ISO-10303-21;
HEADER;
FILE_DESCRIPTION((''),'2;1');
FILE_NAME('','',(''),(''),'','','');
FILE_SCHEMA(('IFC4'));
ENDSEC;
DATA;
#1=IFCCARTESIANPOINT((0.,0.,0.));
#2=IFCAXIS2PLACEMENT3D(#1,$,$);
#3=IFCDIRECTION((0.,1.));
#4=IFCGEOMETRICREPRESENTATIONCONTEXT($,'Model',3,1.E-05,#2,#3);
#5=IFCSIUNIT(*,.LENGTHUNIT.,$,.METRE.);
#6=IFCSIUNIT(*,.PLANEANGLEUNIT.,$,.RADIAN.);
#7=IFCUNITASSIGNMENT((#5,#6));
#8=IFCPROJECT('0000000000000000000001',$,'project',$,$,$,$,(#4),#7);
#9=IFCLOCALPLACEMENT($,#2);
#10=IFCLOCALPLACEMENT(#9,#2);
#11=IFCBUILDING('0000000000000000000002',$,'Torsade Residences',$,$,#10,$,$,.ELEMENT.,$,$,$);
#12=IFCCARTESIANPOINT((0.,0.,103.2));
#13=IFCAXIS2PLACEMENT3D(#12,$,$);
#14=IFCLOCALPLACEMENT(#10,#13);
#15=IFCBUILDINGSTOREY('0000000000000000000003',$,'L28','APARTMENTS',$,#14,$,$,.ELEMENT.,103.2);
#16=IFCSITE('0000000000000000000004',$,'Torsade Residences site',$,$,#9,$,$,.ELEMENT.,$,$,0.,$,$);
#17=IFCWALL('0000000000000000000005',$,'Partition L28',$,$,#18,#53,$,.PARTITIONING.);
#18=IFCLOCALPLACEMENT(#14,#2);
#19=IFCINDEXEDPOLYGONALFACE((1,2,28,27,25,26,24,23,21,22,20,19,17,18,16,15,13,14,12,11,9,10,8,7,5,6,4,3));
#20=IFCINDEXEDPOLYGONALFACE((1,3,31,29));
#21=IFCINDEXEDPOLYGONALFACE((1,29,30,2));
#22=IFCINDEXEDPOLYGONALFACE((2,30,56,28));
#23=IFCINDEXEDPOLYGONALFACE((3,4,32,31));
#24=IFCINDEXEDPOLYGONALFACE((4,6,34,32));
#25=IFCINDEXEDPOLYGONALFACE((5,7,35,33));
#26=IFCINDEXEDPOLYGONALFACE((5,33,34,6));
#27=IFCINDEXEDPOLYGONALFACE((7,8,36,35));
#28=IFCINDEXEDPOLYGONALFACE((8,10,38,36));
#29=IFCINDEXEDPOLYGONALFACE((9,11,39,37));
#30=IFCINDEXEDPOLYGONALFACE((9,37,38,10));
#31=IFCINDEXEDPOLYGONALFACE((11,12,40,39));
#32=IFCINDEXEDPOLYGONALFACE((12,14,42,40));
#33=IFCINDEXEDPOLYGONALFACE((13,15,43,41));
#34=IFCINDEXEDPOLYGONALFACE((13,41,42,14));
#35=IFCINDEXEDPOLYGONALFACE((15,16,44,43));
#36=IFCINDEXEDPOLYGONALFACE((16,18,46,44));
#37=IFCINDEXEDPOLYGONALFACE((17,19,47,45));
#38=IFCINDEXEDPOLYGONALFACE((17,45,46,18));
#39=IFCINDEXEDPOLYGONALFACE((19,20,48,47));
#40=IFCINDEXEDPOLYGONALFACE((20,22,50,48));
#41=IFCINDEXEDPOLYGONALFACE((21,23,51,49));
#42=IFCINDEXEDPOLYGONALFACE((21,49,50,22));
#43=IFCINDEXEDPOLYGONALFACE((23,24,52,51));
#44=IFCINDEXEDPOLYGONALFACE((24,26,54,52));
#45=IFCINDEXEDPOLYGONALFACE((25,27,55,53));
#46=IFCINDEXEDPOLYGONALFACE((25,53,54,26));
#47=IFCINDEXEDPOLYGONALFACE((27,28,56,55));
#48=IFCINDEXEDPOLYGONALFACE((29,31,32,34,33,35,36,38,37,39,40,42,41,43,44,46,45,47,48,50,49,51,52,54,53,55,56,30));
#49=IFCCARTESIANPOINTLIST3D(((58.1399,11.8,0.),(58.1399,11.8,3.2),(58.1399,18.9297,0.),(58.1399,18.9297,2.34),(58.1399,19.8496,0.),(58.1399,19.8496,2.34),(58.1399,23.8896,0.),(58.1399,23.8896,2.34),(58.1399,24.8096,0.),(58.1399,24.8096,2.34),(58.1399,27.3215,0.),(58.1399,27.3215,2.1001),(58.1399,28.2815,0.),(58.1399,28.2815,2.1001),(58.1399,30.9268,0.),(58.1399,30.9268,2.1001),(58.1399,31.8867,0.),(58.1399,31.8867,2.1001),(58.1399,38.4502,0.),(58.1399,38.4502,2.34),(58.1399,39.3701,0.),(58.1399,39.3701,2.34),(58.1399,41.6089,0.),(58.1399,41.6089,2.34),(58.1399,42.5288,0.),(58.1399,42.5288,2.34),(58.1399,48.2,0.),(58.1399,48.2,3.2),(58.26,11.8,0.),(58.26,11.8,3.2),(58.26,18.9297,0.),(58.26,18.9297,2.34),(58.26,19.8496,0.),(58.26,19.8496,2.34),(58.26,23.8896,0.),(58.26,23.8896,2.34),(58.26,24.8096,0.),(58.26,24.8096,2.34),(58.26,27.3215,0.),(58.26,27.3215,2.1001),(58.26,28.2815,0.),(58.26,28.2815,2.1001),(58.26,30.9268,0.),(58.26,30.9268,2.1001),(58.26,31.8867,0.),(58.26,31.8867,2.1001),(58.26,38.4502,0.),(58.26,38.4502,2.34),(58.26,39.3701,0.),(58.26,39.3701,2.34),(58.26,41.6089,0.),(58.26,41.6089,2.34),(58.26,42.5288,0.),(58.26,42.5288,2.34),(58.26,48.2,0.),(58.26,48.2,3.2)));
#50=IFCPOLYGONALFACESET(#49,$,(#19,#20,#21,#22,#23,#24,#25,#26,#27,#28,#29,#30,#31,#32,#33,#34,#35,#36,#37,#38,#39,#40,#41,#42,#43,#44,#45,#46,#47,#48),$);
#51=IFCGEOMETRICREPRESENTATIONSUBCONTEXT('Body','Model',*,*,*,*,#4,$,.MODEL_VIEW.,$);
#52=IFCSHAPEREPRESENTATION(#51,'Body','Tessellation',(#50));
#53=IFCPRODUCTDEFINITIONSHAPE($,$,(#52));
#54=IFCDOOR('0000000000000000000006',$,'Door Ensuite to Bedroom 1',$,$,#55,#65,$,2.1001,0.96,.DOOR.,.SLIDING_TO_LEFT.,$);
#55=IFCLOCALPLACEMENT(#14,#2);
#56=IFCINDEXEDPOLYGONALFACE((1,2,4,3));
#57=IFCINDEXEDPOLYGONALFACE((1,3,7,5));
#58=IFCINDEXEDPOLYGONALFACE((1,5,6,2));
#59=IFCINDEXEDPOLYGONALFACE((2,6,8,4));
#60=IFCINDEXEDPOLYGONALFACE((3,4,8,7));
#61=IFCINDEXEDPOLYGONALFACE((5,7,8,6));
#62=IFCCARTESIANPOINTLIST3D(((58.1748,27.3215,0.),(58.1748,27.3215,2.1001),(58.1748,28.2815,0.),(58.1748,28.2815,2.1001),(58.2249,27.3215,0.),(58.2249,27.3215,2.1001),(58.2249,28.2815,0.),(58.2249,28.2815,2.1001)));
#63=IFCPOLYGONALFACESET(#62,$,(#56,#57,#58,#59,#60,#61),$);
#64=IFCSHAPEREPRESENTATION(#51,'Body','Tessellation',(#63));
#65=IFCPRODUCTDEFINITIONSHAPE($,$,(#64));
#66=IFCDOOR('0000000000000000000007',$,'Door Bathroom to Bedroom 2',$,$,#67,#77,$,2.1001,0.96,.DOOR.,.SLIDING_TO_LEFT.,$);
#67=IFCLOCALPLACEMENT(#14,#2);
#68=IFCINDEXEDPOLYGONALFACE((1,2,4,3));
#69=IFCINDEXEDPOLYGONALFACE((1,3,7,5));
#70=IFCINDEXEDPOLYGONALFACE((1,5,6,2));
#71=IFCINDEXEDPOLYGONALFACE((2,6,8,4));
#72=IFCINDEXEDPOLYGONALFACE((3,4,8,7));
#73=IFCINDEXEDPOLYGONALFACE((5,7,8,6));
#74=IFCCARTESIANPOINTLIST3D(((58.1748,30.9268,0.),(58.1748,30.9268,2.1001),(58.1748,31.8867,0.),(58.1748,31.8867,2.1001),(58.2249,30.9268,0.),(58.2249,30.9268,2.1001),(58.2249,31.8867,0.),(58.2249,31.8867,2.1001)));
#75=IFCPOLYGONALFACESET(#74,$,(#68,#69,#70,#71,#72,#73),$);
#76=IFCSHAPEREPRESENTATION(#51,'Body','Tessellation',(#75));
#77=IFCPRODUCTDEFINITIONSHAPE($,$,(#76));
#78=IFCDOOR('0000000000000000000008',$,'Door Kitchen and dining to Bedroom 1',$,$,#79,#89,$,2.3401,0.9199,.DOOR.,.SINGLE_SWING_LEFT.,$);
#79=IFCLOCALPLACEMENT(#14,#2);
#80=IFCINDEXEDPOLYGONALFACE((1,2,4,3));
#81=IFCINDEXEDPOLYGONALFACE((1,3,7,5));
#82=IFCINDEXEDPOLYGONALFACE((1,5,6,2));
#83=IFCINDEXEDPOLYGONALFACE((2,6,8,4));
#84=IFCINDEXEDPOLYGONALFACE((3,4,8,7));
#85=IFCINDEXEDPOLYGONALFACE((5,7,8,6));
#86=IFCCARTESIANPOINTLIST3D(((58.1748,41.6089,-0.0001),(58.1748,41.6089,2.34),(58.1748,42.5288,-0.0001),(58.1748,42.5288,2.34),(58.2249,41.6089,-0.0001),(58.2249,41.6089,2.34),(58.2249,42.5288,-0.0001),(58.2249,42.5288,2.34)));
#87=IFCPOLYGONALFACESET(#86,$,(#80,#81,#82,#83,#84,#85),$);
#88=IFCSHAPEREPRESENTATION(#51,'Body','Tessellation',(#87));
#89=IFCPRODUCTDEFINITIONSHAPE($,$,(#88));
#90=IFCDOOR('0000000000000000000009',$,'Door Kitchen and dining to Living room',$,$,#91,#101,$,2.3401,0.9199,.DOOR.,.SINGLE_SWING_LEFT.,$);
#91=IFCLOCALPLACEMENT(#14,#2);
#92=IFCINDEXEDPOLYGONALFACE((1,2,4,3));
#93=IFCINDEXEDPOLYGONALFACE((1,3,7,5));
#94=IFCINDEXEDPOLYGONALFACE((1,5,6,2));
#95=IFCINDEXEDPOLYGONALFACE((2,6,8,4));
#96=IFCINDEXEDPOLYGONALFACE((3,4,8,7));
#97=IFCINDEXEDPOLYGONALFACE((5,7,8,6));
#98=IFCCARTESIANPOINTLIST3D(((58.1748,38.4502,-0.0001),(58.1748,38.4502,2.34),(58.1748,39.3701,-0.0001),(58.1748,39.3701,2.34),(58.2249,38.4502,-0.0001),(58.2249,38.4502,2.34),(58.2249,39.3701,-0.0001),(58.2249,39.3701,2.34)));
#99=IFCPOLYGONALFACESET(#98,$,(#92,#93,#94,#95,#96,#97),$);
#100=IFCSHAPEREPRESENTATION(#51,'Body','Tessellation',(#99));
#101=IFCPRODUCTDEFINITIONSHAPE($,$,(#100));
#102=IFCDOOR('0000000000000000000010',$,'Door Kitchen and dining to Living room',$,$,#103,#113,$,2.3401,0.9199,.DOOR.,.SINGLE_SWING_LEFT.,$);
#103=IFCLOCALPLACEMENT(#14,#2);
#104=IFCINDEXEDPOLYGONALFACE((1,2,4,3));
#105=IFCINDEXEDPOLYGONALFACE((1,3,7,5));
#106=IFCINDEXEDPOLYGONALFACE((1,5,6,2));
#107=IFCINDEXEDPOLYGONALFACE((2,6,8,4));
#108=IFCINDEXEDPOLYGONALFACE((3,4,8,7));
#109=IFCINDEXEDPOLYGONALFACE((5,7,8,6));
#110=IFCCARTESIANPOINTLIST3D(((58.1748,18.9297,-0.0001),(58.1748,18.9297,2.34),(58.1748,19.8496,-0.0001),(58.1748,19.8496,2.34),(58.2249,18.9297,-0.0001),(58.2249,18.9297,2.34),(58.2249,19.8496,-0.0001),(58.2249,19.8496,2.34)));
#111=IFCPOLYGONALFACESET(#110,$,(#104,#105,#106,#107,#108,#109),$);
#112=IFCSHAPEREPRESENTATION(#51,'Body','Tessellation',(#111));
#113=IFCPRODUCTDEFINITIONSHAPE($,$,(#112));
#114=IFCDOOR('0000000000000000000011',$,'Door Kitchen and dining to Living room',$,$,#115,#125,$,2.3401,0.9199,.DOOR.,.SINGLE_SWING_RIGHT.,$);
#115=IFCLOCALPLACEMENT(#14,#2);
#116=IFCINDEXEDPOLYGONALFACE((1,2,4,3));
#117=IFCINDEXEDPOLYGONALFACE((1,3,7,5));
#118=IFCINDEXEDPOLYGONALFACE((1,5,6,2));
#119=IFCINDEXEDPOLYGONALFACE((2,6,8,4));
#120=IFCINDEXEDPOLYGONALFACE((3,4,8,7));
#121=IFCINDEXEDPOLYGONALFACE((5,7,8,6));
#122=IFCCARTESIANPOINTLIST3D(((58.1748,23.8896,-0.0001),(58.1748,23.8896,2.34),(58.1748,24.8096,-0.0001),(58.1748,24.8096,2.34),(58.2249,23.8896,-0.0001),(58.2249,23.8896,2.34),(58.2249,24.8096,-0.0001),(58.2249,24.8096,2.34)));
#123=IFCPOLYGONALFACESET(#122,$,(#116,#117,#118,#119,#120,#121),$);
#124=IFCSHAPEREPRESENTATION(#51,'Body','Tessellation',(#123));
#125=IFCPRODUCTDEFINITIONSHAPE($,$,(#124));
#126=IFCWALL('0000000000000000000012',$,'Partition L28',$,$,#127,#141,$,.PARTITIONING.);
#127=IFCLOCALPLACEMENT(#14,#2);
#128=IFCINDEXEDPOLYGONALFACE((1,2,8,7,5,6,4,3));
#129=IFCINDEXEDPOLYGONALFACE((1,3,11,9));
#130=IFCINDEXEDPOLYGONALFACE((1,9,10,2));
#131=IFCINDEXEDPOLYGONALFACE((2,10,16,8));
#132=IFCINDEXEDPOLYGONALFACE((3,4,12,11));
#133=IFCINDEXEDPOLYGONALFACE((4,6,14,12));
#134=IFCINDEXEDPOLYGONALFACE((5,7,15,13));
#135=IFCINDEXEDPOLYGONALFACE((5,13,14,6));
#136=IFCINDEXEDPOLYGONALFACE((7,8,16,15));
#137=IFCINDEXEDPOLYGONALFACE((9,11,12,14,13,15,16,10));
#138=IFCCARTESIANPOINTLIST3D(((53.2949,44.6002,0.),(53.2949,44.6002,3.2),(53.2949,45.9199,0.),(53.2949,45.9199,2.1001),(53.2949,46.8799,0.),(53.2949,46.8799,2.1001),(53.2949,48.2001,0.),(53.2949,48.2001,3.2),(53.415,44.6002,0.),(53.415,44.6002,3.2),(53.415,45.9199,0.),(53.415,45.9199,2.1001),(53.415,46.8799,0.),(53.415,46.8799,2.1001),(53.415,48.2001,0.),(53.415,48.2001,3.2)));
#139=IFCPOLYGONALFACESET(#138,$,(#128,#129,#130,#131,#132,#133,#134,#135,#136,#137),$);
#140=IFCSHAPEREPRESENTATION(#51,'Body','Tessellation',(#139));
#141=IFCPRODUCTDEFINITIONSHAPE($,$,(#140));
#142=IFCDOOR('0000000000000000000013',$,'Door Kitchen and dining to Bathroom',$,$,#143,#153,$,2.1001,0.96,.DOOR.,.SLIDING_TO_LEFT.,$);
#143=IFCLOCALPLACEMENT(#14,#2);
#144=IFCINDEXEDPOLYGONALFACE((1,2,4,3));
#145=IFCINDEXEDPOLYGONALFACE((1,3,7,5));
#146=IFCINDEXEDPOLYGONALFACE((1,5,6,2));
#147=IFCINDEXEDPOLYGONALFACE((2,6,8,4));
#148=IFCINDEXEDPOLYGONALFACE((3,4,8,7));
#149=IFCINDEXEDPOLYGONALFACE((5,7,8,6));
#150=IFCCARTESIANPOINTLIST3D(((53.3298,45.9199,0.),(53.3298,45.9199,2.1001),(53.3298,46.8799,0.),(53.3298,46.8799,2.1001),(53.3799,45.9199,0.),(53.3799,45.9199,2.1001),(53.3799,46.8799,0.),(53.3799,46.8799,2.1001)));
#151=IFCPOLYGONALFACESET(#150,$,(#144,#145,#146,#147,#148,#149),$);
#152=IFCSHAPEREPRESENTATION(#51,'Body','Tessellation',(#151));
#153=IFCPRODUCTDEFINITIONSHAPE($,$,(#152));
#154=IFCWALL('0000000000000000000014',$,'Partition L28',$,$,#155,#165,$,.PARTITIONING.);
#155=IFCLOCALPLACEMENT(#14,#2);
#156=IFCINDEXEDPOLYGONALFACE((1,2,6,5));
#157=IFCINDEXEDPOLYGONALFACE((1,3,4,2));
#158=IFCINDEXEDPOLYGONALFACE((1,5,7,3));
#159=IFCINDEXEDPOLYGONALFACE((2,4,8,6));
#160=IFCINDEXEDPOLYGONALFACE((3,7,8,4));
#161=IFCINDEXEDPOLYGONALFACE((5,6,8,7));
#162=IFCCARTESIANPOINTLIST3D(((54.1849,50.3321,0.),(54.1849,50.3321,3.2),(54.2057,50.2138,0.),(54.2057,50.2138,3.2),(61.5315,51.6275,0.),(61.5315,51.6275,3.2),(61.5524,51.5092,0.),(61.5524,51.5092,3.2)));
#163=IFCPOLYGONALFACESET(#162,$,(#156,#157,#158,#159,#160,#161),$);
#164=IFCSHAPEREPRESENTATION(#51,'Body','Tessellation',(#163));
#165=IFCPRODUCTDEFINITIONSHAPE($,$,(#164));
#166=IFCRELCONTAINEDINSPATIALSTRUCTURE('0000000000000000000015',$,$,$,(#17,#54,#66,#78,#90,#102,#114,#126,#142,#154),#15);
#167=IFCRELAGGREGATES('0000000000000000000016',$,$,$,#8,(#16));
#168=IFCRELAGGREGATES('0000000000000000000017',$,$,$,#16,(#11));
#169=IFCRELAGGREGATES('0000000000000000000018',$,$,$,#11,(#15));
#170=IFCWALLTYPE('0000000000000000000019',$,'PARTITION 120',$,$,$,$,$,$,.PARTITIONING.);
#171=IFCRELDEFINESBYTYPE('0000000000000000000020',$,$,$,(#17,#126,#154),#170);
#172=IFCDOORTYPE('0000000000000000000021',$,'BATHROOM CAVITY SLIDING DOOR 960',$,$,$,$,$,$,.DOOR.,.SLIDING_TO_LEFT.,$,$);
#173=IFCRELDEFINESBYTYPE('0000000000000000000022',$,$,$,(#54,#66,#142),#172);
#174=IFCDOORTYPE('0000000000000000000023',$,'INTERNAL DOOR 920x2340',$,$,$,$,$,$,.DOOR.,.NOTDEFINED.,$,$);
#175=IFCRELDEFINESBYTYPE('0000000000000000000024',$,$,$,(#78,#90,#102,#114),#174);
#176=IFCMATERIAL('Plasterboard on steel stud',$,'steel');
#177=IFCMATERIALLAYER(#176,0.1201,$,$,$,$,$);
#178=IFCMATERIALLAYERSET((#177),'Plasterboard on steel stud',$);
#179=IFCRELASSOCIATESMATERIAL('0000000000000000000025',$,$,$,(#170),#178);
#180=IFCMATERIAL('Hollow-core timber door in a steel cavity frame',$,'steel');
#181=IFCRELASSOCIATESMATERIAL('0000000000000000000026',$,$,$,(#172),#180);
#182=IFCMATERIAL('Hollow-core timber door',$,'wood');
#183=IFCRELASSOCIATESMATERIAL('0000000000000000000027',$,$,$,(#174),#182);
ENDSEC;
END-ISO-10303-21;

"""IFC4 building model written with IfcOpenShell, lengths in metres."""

from ifc_helpers import new_model, si_unit, direction, frame, frame_2d, origin, place, context, subcontext, project, spatial, rectangle, extrude, material, layer, layer_set, type_object, element, fill, save


model = new_model("IFC4")

# Units and contexts
model_context = context("Model", 3, precision=1e-05, world=origin(), true_north=direction((0.0, 1.0)))
body_context = subcontext(model_context, "Body", "Model", "MODEL_VIEW")
ifc_project = project(units=[si_unit("LENGTHUNIT", "METRE"), si_unit("PLANEANGLEUNIT", "RADIAN")], contexts=[model_context])

# Site, building, storey
site_placement = place(None, origin())
site = spatial("IfcSite", under=ifc_project, at=site_placement, Name="Torsade Residences site", CompositionType="ELEMENT", RefElevation=0.0)
building_placement = place(site_placement, origin())
building = spatial("IfcBuilding", under=site, at=building_placement, Name="Torsade Residences", CompositionType="ELEMENT")
storey_placement = place(building_placement, frame((0.0, 0.0, 103.2)))
storey = spatial("IfcBuildingStorey", under=building, at=storey_placement, Name="L28", Description="APARTMENTS", CompositionType="ELEMENT", Elevation=103.2)

# Wall, openings, doors
ifc_material_1 = material(Name="Plasterboard on steel stud", Category="steel")
ifc_layer_1 = layer(ifc_material_1, 0.1201)
ifc_layer_set_1 = layer_set([ifc_layer_1], Name="Plasterboard on steel stud")
wall_type = type_object("IfcWallType", Name="PARTITION 120", PredefinedType="PARTITIONING", material=ifc_layer_set_1)
wall_1_placement = place(storey_placement, frame((58.2, 48.2, 0.0), z_axis=(0.0, 0.0, 1.0), x_axis=(0.0, -1.0, 0.0)))
wall_1 = element("IfcWall", 1, at=wall_1_placement, inside=storey, type_object=wall_type, Name="Partition L28", PredefinedType="PARTITIONING", context=body_context, shape_type="SweptSolid", body=[
    extrude(rectangle(XDim=36.3999, YDim=0.1201, at=frame_2d((18.2, 0.0))), origin(), (0.0, 0.0, 1.0), 3.2),
])
opening_1_placement = place(wall_1_placement, frame((5.6711, 0.0, 0.0)))
opening_1 = element("IfcOpeningElement", 2, at=opening_1_placement, cuts=wall_1, PredefinedType="OPENING", context=body_context, shape_type="SweptSolid", body=[
    extrude(rectangle(XDim=0.9199, YDim=2.3401, at=frame_2d((0.46, 1.1699))), frame((0.0, 0.0701, 0.0), z_axis=(0.0, -1.0, 0.0), x_axis=(1.0, 0.0, 0.0)), (0.0, 0.0, 1.0), 0.1401),
])
opening_2_placement = place(wall_1_placement, frame((8.8298, 0.0, 0.0)))
opening_2 = element("IfcOpeningElement", 3, at=opening_2_placement, cuts=wall_1, PredefinedType="OPENING", context=body_context, shape_type="SweptSolid", body=[
    extrude(rectangle(XDim=0.9199, YDim=2.3401, at=frame_2d((0.46, 1.1699))), frame((0.0, 0.0701, 0.0), z_axis=(0.0, -1.0, 0.0), x_axis=(1.0, 0.0, 0.0)), (0.0, 0.0, 1.0), 0.1401),
])
opening_3_placement = place(wall_1_placement, frame((28.3503, 0.0, 0.0)))
opening_3 = element("IfcOpeningElement", 4, at=opening_3_placement, cuts=wall_1, PredefinedType="OPENING", context=body_context, shape_type="SweptSolid", body=[
    extrude(rectangle(XDim=0.9199, YDim=2.3401, at=frame_2d((0.46, 1.1699))), frame((0.0, 0.0701, 0.0), z_axis=(0.0, -1.0, 0.0), x_axis=(1.0, 0.0, 0.0)), (0.0, 0.0, 1.0), 0.1401),
])
opening_4_placement = place(wall_1_placement, frame((23.3904, 0.0, 0.0)))
opening_4 = element("IfcOpeningElement", 5, at=opening_4_placement, cuts=wall_1, PredefinedType="OPENING", context=body_context, shape_type="SweptSolid", body=[
    extrude(rectangle(XDim=0.9199, YDim=2.3401, at=frame_2d((0.46, 1.1699))), frame((0.0, 0.0701, 0.0), z_axis=(0.0, -1.0, 0.0), x_axis=(1.0, 0.0, 0.0)), (0.0, 0.0, 1.0), 0.1401),
])
opening_5_placement = place(wall_1_placement, frame((19.9185, 0.0, 0.0)))
opening_5 = element("IfcOpeningElement", 6, at=opening_5_placement, cuts=wall_1, PredefinedType="OPENING", context=body_context, shape_type="SweptSolid", body=[
    extrude(rectangle(XDim=0.96, YDim=2.1001, at=frame_2d((0.48, 1.05))), frame((0.0, 0.0701, 0.0), z_axis=(0.0, -1.0, 0.0), x_axis=(1.0, 0.0, 0.0)), (0.0, 0.0, 1.0), 0.1401),
])
opening_6_placement = place(wall_1_placement, frame((16.3132, 0.0, 0.0)))
opening_6 = element("IfcOpeningElement", 7, at=opening_6_placement, cuts=wall_1, PredefinedType="OPENING", context=body_context, shape_type="SweptSolid", body=[
    extrude(rectangle(XDim=0.96, YDim=2.1001, at=frame_2d((0.48, 1.05))), frame((0.0, 0.0701, 0.0), z_axis=(0.0, -1.0, 0.0), x_axis=(1.0, 0.0, 0.0)), (0.0, 0.0, 1.0), 0.1401),
])
ifc_material_2 = material(Name="Hollow-core timber door in a steel cavity frame", Category="steel")
door_type_1 = type_object("IfcDoorType", Name="BATHROOM CAVITY SLIDING DOOR 960", OperationType="SLIDING_TO_LEFT", PredefinedType="DOOR", material=ifc_material_2)
door_1_placement = place(opening_5_placement, origin())
door_1 = element("IfcDoor", 8, at=door_1_placement, inside=storey, type_object=door_type_1, Name="Door Ensuite to Bedroom 1", OperationType="SLIDING_TO_LEFT", OverallHeight=2.1001, OverallWidth=0.96, PredefinedType="DOOR", context=body_context, shape_type="SweptSolid", body=[
    extrude(rectangle(XDim=0.96, YDim=2.1001, at=frame_2d((0.48, 1.05))), frame((0.0, 0.0249, 0.0), z_axis=(0.0, -1.0, 0.0), x_axis=(1.0, 0.0, 0.0)), (0.0, 0.0, 1.0), 0.05),
])
fill(opening_5, door_1)
door_2_placement = place(opening_6_placement, origin())
door_2 = element("IfcDoor", 9, at=door_2_placement, inside=storey, type_object=door_type_1, Name="Door Bathroom to Bedroom 2", OperationType="SLIDING_TO_LEFT", OverallHeight=2.1001, OverallWidth=0.96, PredefinedType="DOOR", context=body_context, shape_type="SweptSolid", body=[
    extrude(rectangle(XDim=0.96, YDim=2.1001, at=frame_2d((0.48, 1.05))), frame((0.0, 0.0249, 0.0), z_axis=(0.0, -1.0, 0.0), x_axis=(1.0, 0.0, 0.0)), (0.0, 0.0, 1.0), 0.05),
])
fill(opening_6, door_2)
ifc_material_3 = material(Name="Hollow-core timber door", Category="wood")
door_type_2 = type_object("IfcDoorType", Name="INTERNAL DOOR 920x2340", OperationType="NOTDEFINED", PredefinedType="DOOR", material=ifc_material_3)
door_3_placement = place(opening_1_placement, origin())
door_3 = element("IfcDoor", 10, at=door_3_placement, inside=storey, type_object=door_type_2, Name="Door Kitchen and dining to Bedroom 1", OperationType="SINGLE_SWING_LEFT", OverallHeight=2.3401, OverallWidth=0.9199, PredefinedType="DOOR", context=body_context, shape_type="SweptSolid", body=[
    extrude(rectangle(XDim=0.9199, YDim=2.3401, at=frame_2d((0.46, 1.1699))), frame((0.0, 0.0249, 0.0), z_axis=(0.0, -1.0, 0.0), x_axis=(1.0, 0.0, 0.0)), (0.0, 0.0, 1.0), 0.05),
])
fill(opening_1, door_3)
door_4_placement = place(opening_2_placement, origin())
door_4 = element("IfcDoor", 11, at=door_4_placement, inside=storey, type_object=door_type_2, Name="Door Kitchen and dining to Living room", OperationType="SINGLE_SWING_LEFT", OverallHeight=2.3401, OverallWidth=0.9199, PredefinedType="DOOR", context=body_context, shape_type="SweptSolid", body=[
    extrude(rectangle(XDim=0.9199, YDim=2.3401, at=frame_2d((0.46, 1.1699))), frame((0.0, 0.0249, 0.0), z_axis=(0.0, -1.0, 0.0), x_axis=(1.0, 0.0, 0.0)), (0.0, 0.0, 1.0), 0.05),
])
fill(opening_2, door_4)
door_5_placement = place(opening_3_placement, origin())
door_5 = element("IfcDoor", 12, at=door_5_placement, inside=storey, type_object=door_type_2, Name="Door Kitchen and dining to Living room", OperationType="SINGLE_SWING_LEFT", OverallHeight=2.3401, OverallWidth=0.9199, PredefinedType="DOOR", context=body_context, shape_type="SweptSolid", body=[
    extrude(rectangle(XDim=0.9199, YDim=2.3401, at=frame_2d((0.46, 1.1699))), frame((0.0, 0.0249, 0.0), z_axis=(0.0, -1.0, 0.0), x_axis=(1.0, 0.0, 0.0)), (0.0, 0.0, 1.0), 0.05),
])
fill(opening_3, door_5)
door_6_placement = place(opening_4_placement, origin())
door_6 = element("IfcDoor", 13, at=door_6_placement, inside=storey, type_object=door_type_2, Name="Door Kitchen and dining to Living room", OperationType="SINGLE_SWING_RIGHT", OverallHeight=2.3401, OverallWidth=0.9199, PredefinedType="DOOR", context=body_context, shape_type="SweptSolid", body=[
    extrude(rectangle(XDim=0.9199, YDim=2.3401, at=frame_2d((0.46, 1.1699))), frame((0.0, 0.0249, 0.0), z_axis=(0.0, -1.0, 0.0), x_axis=(1.0, 0.0, 0.0)), (0.0, 0.0, 1.0), 0.05),
])
fill(opening_4, door_6)

# Wall, opening, door
wall_2_placement = place(storey_placement, frame((53.355, 48.2, 0.0), z_axis=(0.0, 0.0, 1.0), x_axis=(0.0, -1.0, 0.0)))
wall_2 = element("IfcWall", 14, at=wall_2_placement, inside=storey, type_object=wall_type, Name="Partition L28", PredefinedType="PARTITIONING", context=body_context, shape_type="SweptSolid", body=[
    extrude(rectangle(XDim=3.5999, YDim=0.1201, at=frame_2d((1.7998, 0.0))), origin(), (0.0, 0.0, 1.0), 3.2),
])
opening_7_placement = place(wall_2_placement, frame((1.3201, 0.0, 0.0)))
opening_7 = element("IfcOpeningElement", 15, at=opening_7_placement, cuts=wall_2, PredefinedType="OPENING", context=body_context, shape_type="SweptSolid", body=[
    extrude(rectangle(XDim=0.96, YDim=2.1001, at=frame_2d((0.48, 1.05))), frame((0.0, 0.0701, 0.0), z_axis=(0.0, -1.0, 0.0), x_axis=(1.0, 0.0, 0.0)), (0.0, 0.0, 1.0), 0.1401),
])
door_7_placement = place(opening_7_placement, origin())
door_7 = element("IfcDoor", 16, at=door_7_placement, inside=storey, type_object=door_type_1, Name="Door Kitchen and dining to Bathroom", OperationType="SLIDING_TO_LEFT", OverallHeight=2.1001, OverallWidth=0.96, PredefinedType="DOOR", context=body_context, shape_type="SweptSolid", body=[
    extrude(rectangle(XDim=0.96, YDim=2.1001, at=frame_2d((0.48, 1.05))), frame((0.0, 0.0249, 0.0), z_axis=(0.0, -1.0, 0.0), x_axis=(1.0, 0.0, 0.0)), (0.0, 0.0, 1.0), 0.05),
])
fill(opening_7, door_7)

# Wall
wall_3_placement = place(storey_placement, frame((54.1953, 50.2729, 0.0), z_axis=(0.0, 0.0, 1.0), x_axis=(0.984808, 0.173647, 0.0)))
element("IfcWall", 17, at=wall_3_placement, inside=storey, type_object=wall_type, Name="Partition L28", PredefinedType="PARTITIONING", context=body_context, shape_type="SweptSolid", body=[
    extrude(rectangle(XDim=7.46, YDim=0.1201, at=frame_2d((3.73, 0.0))), origin(), (0.0, 0.0, 1.0), 3.2),
])

save(model, "model.ifc")
